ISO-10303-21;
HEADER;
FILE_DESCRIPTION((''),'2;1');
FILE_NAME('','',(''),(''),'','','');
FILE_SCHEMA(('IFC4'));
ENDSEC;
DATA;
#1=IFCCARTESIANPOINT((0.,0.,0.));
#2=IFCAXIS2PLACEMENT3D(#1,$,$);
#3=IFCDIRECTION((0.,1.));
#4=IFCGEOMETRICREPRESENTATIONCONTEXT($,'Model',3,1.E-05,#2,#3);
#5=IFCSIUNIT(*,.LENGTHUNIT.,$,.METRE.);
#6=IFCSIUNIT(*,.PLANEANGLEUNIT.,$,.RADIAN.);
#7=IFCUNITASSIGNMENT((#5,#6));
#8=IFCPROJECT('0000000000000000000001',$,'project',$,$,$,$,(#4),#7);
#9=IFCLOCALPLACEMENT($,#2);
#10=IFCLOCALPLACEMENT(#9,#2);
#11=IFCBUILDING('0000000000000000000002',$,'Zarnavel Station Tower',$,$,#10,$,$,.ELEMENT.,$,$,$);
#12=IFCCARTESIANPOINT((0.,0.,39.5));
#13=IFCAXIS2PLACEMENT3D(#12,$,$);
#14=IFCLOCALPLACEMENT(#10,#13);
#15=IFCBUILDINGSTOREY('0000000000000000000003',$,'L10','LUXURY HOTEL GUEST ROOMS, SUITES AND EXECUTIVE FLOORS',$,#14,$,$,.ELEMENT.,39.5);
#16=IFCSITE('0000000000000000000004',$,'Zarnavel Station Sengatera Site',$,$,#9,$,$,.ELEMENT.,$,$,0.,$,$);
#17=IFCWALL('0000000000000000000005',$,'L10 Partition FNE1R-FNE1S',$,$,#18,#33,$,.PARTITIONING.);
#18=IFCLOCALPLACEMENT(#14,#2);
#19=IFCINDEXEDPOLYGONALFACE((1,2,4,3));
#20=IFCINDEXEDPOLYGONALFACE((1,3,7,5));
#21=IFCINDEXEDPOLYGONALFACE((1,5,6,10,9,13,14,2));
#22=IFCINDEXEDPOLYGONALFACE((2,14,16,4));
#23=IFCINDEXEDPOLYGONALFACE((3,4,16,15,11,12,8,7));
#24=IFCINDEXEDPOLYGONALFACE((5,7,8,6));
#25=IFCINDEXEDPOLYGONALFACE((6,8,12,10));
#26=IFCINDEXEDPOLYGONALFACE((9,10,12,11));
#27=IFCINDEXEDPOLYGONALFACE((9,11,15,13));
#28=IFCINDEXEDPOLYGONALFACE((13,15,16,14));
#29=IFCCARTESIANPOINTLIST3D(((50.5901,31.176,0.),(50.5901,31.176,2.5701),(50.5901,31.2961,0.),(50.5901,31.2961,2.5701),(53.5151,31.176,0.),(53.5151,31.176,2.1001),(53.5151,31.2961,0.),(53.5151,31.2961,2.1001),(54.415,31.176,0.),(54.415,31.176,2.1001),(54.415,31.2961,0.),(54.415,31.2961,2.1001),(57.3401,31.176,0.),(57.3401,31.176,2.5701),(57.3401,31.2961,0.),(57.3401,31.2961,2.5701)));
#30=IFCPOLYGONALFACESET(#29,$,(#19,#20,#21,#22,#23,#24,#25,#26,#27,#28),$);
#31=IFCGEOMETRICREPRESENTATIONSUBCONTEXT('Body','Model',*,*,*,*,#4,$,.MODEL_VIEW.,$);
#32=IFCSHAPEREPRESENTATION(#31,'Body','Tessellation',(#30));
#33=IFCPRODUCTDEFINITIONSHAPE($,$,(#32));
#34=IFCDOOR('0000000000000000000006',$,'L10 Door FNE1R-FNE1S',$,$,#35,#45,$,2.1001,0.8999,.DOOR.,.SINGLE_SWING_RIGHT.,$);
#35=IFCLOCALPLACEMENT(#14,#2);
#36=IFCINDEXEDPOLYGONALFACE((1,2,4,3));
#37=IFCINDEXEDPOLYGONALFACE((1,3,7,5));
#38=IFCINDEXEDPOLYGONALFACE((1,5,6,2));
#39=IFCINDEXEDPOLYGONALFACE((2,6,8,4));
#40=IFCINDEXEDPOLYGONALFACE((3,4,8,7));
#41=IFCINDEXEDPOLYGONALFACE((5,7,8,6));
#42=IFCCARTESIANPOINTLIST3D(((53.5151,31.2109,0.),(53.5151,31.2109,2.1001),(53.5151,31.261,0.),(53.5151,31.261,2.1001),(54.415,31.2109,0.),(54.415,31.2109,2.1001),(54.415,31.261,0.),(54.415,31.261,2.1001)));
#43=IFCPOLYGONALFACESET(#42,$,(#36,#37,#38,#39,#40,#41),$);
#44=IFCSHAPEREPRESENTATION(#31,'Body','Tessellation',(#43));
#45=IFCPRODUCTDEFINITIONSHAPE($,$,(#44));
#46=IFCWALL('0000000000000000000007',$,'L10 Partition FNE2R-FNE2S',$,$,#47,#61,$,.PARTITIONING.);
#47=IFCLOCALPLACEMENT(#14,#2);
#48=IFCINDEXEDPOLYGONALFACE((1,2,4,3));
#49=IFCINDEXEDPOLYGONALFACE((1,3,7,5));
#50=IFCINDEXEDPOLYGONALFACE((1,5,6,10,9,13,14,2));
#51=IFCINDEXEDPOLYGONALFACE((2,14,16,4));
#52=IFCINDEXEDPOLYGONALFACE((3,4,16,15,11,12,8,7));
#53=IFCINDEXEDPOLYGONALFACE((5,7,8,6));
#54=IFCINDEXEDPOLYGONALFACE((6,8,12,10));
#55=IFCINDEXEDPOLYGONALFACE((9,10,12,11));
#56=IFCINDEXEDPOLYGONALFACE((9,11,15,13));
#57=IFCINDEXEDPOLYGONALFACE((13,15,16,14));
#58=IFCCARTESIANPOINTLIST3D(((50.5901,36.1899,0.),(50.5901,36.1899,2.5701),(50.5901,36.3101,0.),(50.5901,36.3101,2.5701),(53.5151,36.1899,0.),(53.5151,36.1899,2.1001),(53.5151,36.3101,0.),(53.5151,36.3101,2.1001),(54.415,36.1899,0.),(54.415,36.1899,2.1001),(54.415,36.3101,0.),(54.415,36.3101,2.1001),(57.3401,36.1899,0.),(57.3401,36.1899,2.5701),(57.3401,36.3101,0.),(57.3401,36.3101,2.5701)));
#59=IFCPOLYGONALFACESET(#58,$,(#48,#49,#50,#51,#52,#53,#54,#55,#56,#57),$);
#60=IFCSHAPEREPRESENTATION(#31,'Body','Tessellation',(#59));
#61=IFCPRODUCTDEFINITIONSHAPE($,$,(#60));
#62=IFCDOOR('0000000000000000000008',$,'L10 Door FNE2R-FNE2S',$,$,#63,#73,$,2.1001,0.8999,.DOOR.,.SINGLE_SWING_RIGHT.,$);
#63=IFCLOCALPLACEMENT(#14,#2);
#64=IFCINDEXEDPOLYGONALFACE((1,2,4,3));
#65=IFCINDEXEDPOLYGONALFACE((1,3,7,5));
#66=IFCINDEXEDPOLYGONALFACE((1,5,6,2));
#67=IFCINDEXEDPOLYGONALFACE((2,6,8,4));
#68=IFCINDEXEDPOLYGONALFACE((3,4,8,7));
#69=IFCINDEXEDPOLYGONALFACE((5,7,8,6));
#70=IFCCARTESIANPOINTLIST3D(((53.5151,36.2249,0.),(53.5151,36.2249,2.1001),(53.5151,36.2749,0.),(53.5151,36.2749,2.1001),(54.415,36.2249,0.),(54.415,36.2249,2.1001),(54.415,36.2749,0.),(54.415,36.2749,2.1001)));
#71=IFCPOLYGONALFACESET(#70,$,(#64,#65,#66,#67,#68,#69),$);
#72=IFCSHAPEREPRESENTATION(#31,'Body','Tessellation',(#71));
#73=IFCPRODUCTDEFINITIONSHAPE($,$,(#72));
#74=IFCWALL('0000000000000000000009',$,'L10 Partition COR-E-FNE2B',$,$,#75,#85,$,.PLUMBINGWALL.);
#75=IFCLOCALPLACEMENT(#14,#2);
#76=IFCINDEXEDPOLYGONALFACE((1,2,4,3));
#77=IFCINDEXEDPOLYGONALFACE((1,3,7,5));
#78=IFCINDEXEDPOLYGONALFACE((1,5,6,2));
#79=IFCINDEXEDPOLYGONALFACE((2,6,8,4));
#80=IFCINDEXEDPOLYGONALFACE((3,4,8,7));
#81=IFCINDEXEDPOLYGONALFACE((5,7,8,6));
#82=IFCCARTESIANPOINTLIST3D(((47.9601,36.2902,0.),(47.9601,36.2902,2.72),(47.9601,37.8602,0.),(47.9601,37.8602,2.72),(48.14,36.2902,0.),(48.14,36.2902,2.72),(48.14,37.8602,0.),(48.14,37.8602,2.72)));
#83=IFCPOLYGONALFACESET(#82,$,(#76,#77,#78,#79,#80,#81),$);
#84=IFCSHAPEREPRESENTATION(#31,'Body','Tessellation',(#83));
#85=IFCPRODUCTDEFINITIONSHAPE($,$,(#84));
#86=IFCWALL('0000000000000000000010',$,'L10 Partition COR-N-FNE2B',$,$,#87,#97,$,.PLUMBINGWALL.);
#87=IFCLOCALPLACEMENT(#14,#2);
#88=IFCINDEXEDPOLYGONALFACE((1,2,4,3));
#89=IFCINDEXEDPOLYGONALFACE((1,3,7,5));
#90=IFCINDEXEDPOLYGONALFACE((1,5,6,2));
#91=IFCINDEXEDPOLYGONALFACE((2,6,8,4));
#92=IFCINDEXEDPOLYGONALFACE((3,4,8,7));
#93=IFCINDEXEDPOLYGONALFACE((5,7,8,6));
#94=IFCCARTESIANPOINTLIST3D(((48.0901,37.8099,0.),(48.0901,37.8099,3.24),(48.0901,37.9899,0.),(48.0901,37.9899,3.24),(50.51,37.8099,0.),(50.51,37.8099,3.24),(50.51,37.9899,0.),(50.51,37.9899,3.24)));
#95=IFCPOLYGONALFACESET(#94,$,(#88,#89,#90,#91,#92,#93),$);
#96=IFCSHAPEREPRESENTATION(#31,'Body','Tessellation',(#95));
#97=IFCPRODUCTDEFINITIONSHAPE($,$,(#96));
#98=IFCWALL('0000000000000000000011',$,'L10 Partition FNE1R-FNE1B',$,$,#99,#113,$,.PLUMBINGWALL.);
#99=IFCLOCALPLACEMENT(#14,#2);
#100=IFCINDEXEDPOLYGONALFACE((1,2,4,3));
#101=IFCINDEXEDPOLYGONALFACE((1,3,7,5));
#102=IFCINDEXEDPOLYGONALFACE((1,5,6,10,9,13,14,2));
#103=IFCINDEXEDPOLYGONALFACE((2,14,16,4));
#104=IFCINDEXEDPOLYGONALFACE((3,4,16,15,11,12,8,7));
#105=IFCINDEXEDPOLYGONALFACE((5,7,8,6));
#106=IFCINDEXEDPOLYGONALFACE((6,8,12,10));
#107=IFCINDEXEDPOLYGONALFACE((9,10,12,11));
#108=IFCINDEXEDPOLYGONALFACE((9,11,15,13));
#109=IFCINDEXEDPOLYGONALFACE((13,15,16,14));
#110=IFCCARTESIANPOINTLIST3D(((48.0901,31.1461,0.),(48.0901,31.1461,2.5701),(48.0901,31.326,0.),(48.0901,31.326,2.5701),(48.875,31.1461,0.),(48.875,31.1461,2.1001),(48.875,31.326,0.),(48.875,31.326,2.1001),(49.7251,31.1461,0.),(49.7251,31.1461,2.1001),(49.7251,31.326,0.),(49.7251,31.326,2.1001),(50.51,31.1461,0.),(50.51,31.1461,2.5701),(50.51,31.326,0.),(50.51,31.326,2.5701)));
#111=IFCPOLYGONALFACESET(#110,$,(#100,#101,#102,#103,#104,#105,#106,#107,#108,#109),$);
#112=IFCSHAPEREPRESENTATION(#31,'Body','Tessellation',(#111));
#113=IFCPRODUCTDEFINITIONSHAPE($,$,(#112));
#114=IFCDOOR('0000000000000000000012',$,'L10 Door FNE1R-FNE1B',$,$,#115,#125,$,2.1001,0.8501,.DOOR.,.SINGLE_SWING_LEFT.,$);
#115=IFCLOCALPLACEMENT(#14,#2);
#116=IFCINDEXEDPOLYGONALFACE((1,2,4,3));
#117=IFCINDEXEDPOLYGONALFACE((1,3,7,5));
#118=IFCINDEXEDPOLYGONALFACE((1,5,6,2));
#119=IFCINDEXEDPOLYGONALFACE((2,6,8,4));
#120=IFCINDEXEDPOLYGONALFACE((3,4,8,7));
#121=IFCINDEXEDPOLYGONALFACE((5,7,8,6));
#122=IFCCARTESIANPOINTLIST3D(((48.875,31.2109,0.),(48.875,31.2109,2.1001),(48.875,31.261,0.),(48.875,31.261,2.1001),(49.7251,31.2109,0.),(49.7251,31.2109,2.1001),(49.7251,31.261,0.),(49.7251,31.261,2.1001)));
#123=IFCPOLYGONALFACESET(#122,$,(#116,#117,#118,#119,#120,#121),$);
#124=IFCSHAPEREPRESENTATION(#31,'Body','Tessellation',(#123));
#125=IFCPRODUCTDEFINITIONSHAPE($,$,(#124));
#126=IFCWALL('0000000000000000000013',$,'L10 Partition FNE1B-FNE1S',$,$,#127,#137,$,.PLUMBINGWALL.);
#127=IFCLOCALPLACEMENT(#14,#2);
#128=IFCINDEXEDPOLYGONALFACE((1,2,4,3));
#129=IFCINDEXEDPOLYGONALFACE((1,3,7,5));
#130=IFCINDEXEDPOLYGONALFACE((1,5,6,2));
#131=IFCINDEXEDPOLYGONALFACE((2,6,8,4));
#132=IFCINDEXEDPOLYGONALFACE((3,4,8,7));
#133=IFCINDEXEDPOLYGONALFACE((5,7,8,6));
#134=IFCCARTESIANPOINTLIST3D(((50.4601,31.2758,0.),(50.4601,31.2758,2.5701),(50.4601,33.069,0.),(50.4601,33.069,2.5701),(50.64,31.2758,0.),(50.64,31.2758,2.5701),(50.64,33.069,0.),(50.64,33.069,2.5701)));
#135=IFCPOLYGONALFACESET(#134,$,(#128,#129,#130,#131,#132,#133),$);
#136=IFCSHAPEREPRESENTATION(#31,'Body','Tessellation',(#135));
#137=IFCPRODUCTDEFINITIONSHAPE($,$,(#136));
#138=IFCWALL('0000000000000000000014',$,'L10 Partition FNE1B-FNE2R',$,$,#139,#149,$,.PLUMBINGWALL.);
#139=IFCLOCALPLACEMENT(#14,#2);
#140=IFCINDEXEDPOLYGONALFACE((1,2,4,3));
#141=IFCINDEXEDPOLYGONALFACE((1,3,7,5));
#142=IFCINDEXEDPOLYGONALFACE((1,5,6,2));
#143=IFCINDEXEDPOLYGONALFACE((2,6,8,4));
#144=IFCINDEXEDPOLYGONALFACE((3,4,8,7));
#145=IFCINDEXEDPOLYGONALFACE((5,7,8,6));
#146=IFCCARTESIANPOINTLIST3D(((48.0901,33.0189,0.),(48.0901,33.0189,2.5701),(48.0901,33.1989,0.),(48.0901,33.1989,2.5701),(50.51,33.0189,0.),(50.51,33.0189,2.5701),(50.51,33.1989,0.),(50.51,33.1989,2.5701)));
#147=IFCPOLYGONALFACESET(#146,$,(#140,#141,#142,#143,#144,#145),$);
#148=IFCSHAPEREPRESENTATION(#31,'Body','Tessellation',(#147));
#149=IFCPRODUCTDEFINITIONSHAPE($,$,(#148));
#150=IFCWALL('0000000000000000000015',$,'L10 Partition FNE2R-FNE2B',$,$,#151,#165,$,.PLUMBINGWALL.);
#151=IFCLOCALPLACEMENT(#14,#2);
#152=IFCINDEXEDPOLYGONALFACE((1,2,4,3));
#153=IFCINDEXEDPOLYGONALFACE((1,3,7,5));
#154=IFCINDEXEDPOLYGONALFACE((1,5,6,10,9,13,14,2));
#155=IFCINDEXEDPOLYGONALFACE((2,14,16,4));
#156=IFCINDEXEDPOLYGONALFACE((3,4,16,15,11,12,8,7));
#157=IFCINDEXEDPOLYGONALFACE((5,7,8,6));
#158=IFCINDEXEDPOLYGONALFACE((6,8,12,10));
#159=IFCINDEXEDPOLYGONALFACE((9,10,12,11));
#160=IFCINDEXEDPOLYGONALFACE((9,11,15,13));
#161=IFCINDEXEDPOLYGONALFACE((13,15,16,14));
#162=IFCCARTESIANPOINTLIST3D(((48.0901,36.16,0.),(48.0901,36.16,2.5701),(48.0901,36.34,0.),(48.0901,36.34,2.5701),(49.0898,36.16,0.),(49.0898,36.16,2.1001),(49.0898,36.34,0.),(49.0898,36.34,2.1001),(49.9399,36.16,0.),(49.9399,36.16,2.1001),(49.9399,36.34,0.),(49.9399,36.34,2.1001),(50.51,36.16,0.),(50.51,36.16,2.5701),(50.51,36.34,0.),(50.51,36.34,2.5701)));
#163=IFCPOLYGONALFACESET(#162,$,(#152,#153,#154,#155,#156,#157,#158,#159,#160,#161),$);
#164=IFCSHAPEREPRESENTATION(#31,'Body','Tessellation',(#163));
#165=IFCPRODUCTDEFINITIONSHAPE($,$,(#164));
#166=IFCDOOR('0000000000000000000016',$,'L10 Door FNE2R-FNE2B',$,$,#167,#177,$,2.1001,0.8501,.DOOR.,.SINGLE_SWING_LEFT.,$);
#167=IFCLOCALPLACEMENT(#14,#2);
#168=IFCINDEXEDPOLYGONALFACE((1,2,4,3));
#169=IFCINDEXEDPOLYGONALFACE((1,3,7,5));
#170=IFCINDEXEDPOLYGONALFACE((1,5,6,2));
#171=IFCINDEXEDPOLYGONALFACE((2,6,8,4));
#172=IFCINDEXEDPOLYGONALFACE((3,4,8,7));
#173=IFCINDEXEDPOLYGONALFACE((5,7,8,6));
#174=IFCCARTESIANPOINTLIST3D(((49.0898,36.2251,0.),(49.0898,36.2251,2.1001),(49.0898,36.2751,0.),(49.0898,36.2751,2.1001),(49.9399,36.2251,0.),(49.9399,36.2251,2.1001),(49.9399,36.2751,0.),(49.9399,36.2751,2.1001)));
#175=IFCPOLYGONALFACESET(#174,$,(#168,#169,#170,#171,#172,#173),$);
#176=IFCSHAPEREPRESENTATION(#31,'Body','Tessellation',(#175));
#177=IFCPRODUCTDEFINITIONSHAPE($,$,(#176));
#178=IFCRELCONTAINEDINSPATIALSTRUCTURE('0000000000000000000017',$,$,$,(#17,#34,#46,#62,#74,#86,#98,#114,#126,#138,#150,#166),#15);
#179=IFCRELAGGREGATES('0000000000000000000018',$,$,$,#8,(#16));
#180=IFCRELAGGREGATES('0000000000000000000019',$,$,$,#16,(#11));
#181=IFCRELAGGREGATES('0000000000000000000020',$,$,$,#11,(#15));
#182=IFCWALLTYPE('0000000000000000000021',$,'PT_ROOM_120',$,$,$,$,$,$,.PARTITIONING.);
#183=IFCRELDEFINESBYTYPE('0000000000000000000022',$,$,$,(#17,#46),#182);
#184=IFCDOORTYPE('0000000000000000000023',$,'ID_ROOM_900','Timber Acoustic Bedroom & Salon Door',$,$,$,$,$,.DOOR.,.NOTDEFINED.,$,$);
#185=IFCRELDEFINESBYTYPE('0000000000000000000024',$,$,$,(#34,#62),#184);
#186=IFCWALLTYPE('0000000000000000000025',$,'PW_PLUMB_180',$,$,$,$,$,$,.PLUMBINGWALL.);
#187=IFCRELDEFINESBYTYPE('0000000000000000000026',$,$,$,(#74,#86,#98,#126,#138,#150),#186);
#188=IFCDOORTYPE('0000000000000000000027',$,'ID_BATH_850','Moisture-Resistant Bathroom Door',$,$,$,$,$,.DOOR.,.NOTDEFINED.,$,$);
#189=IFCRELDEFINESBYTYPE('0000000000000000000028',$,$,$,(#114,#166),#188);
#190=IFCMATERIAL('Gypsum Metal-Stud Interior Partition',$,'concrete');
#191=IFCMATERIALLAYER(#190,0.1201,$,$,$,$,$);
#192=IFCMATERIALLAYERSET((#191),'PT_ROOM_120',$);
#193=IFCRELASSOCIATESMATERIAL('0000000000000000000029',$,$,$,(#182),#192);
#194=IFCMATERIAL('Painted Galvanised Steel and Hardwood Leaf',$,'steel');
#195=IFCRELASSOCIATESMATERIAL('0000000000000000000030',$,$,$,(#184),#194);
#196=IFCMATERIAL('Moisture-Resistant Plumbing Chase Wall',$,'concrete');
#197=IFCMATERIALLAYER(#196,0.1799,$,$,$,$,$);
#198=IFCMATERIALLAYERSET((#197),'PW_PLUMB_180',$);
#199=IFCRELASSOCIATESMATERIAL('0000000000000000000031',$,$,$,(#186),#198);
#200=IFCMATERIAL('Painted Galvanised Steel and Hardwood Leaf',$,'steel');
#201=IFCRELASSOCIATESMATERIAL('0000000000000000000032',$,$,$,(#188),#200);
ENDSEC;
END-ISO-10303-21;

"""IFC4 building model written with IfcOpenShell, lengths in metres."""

from ifc_helpers import new_model, si_unit, direction, frame, frame_2d, origin, place, context, subcontext, project, spatial, rectangle, extrude, material, layer, layer_set, type_object, element, fill, save


model = new_model("IFC4")

# Units and contexts
model_context = context("Model", 3, precision=1e-05, world=origin(), true_north=direction((0.0, 1.0)))
body_context = subcontext(model_context, "Body", "Model", "MODEL_VIEW")
ifc_project = project(units=[si_unit("LENGTHUNIT", "METRE"), si_unit("PLANEANGLEUNIT", "RADIAN")], contexts=[model_context])

# Site, building, storey
site_placement = place(None, origin())
site = spatial("IfcSite", under=ifc_project, at=site_placement, Name="Zarnavel Station Sengatera Site", CompositionType="ELEMENT", RefElevation=0.0)
building_placement = place(site_placement, origin())
building = spatial("IfcBuilding", under=site, at=building_placement, Name="Zarnavel Station Tower", CompositionType="ELEMENT")
storey_placement = place(building_placement, frame((0.0, 0.0, 39.5)))
storey = spatial("IfcBuildingStorey", under=building, at=storey_placement, Name="L10", Description="LUXURY HOTEL GUEST ROOMS, SUITES AND EXECUTIVE FLOORS", CompositionType="ELEMENT", Elevation=39.5)

# Walls, openings, doors
ifc_material_1 = material(Name="Gypsum Metal-Stud Interior Partition", Category="concrete")
ifc_layer_1 = layer(ifc_material_1, 0.1201)
ifc_layer_set_1 = layer_set([ifc_layer_1], Name="PT_ROOM_120")
wall_type_1 = type_object("IfcWallType", Name="PT_ROOM_120", PredefinedType="PARTITIONING", material=ifc_layer_set_1)
wall_1_placement = place(storey_placement, frame((50.5901, 31.2361, 0.0), z_axis=(0.0, 0.0, 1.0), x_axis=(1.0, 0.0, 0.0)))
wall_1 = element("IfcWall", 1, at=wall_1_placement, inside=storey, type_object=wall_type_1, Name="L10 Partition FNE1R-FNE1S", PredefinedType="PARTITIONING", context=body_context, shape_type="SweptSolid", body=[
    extrude(rectangle(XDim=6.75, YDim=0.1201, at=frame_2d((3.375, 0.0))), origin(), (0.0, 0.0, 1.0), 2.5701),
])
opening_1_placement = place(wall_1_placement, frame((2.925, 0.0, 0.0)))
opening_1 = element("IfcOpeningElement", 2, at=opening_1_placement, cuts=wall_1, PredefinedType="OPENING", context=body_context, shape_type="SweptSolid", body=[
    extrude(rectangle(XDim=0.8999, YDim=2.1001, at=frame_2d((0.45, 1.05))), frame((0.0, 0.0701, 0.0), z_axis=(0.0, -1.0, 0.0), x_axis=(1.0, 0.0, 0.0)), (0.0, 0.0, 1.0), 0.1401),
])
ifc_material_2 = material(Name="Painted Galvanised Steel and Hardwood Leaf", Category="steel")
door_type_1 = type_object("IfcDoorType", Name="ID_ROOM_900", Description="Timber Acoustic Bedroom & Salon Door", OperationType="NOTDEFINED", PredefinedType="DOOR", material=ifc_material_2)
door_1_placement = place(opening_1_placement, origin())
door_1 = element("IfcDoor", 3, at=door_1_placement, inside=storey, type_object=door_type_1, Name="L10 Door FNE1R-FNE1S", OperationType="SINGLE_SWING_RIGHT", OverallHeight=2.1001, OverallWidth=0.8999, PredefinedType="DOOR", context=body_context, shape_type="SweptSolid", body=[
    extrude(rectangle(XDim=0.8999, YDim=2.1001, at=frame_2d((0.45, 1.05))), frame((0.0, 0.0249, 0.0), z_axis=(0.0, -1.0, 0.0), x_axis=(1.0, 0.0, 0.0)), (0.0, 0.0, 1.0), 0.05),
])
fill(opening_1, door_1)
wall_2_placement = place(storey_placement, frame((50.5901, 36.25, 0.0), z_axis=(0.0, 0.0, 1.0), x_axis=(1.0, 0.0, 0.0)))
wall_2 = element("IfcWall", 4, at=wall_2_placement, inside=storey, type_object=wall_type_1, Name="L10 Partition FNE2R-FNE2S", PredefinedType="PARTITIONING", context=body_context, shape_type="SweptSolid", body=[
    extrude(rectangle(XDim=6.75, YDim=0.1201, at=frame_2d((3.375, 0.0))), origin(), (0.0, 0.0, 1.0), 2.5701),
])
opening_2_placement = place(wall_2_placement, frame((2.925, 0.0, 0.0)))
opening_2 = element("IfcOpeningElement", 5, at=opening_2_placement, cuts=wall_2, PredefinedType="OPENING", context=body_context, shape_type="SweptSolid", body=[
    extrude(rectangle(XDim=0.8999, YDim=2.1001, at=frame_2d((0.45, 1.05))), frame((0.0, 0.0701, 0.0), z_axis=(0.0, -1.0, 0.0), x_axis=(1.0, 0.0, 0.0)), (0.0, 0.0, 1.0), 0.1401),
])
door_2_placement = place(opening_2_placement, origin())
door_2 = element("IfcDoor", 6, at=door_2_placement, inside=storey, type_object=door_type_1, Name="L10 Door FNE2R-FNE2S", OperationType="SINGLE_SWING_RIGHT", OverallHeight=2.1001, OverallWidth=0.8999, PredefinedType="DOOR", context=body_context, shape_type="SweptSolid", body=[
    extrude(rectangle(XDim=0.8999, YDim=2.1001, at=frame_2d((0.45, 1.05))), frame((0.0, 0.0249, 0.0), z_axis=(0.0, -1.0, 0.0), x_axis=(1.0, 0.0, 0.0)), (0.0, 0.0, 1.0), 0.05),
])
fill(opening_2, door_2)

# Walls
ifc_material_3 = material(Name="Moisture-Resistant Plumbing Chase Wall", Category="concrete")
ifc_layer_2 = layer(ifc_material_3, 0.1799)
ifc_layer_set_2 = layer_set([ifc_layer_2], Name="PW_PLUMB_180")
wall_type_2 = type_object("IfcWallType", Name="PW_PLUMB_180", PredefinedType="PLUMBINGWALL", material=ifc_layer_set_2)
wall_3_placement = place(storey_placement, frame((48.05, 36.29, 0.0), z_axis=(0.0, 0.0, 1.0), x_axis=(0.0, 1.0, 0.0)))
element("IfcWall", 7, at=wall_3_placement, inside=storey, type_object=wall_type_2, Name="L10 Partition COR-E-FNE2B", PredefinedType="PLUMBINGWALL", context=body_context, shape_type="SweptSolid", body=[
    extrude(rectangle(XDim=1.5701, YDim=0.1799, at=frame_2d((0.7852, 0.0))), origin(), (0.0, 0.0, 1.0), 2.72),
])
wall_4_placement = place(storey_placement, frame((48.0901, 37.8999, 0.0), z_axis=(0.0, 0.0, 1.0), x_axis=(1.0, 0.0, 0.0)))
element("IfcWall", 8, at=wall_4_placement, inside=storey, type_object=wall_type_2, Name="L10 Partition COR-N-FNE2B", PredefinedType="PLUMBINGWALL", context=body_context, shape_type="SweptSolid", body=[
    extrude(rectangle(XDim=2.4199, YDim=0.1799, at=frame_2d((1.21, 0.0))), origin(), (0.0, 0.0, 1.0), 3.24),
])

# Wall, opening, door
wall_5_placement = place(storey_placement, frame((48.0901, 31.2361, 0.0), z_axis=(0.0, 0.0, 1.0), x_axis=(1.0, 0.0, 0.0)))
wall_5 = element("IfcWall", 9, at=wall_5_placement, inside=storey, type_object=wall_type_2, Name="L10 Partition FNE1R-FNE1B", PredefinedType="PLUMBINGWALL", context=body_context, shape_type="SweptSolid", body=[
    extrude(rectangle(XDim=2.4199, YDim=0.1799, at=frame_2d((1.21, 0.0))), origin(), (0.0, 0.0, 1.0), 2.5701),
])
opening_3_placement = place(wall_5_placement, frame((0.7849, 0.0, 0.0)))
opening_3 = element("IfcOpeningElement", 10, at=opening_3_placement, cuts=wall_5, PredefinedType="OPENING", context=body_context, shape_type="SweptSolid", body=[
    extrude(rectangle(XDim=0.8501, YDim=2.1001, at=frame_2d((0.425, 1.05))), frame((0.0, 0.0999, 0.0), z_axis=(0.0, -1.0, 0.0), x_axis=(1.0, 0.0, 0.0)), (0.0, 0.0, 1.0), 0.2),
])
ifc_material_4 = material(Name="Painted Galvanised Steel and Hardwood Leaf", Category="steel")
door_type_2 = type_object("IfcDoorType", Name="ID_BATH_850", Description="Moisture-Resistant Bathroom Door", OperationType="NOTDEFINED", PredefinedType="DOOR", material=ifc_material_4)
door_3_placement = place(opening_3_placement, origin())
door_3 = element("IfcDoor", 11, at=door_3_placement, inside=storey, type_object=door_type_2, Name="L10 Door FNE1R-FNE1B", OperationType="SINGLE_SWING_LEFT", OverallHeight=2.1001, OverallWidth=0.8501, PredefinedType="DOOR", context=body_context, shape_type="SweptSolid", body=[
    extrude(rectangle(XDim=0.8501, YDim=2.1001, at=frame_2d((0.425, 1.05))), frame((0.0, 0.0249, 0.0), z_axis=(0.0, -1.0, 0.0), x_axis=(1.0, 0.0, 0.0)), (0.0, 0.0, 1.0), 0.05),
])
fill(opening_3, door_3)

# Walls
wall_6_placement = place(storey_placement, frame((50.55, 31.2759, 0.0), z_axis=(0.0, 0.0, 1.0), x_axis=(0.0, 1.0, 0.0)))
element("IfcWall", 12, at=wall_6_placement, inside=storey, type_object=wall_type_2, Name="L10 Partition FNE1B-FNE1S", PredefinedType="PLUMBINGWALL", context=body_context, shape_type="SweptSolid", body=[
    extrude(rectangle(XDim=1.7932, YDim=0.1799, at=frame_2d((0.8965, 0.0))), origin(), (0.0, 0.0, 1.0), 2.5701),
])
wall_7_placement = place(storey_placement, frame((48.0901, 33.1089, 0.0), z_axis=(0.0, 0.0, 1.0), x_axis=(1.0, 0.0, 0.0)))
element("IfcWall", 13, at=wall_7_placement, inside=storey, type_object=wall_type_2, Name="L10 Partition FNE1B-FNE2R", PredefinedType="PLUMBINGWALL", context=body_context, shape_type="SweptSolid", body=[
    extrude(rectangle(XDim=2.4199, YDim=0.1799, at=frame_2d((1.21, 0.0))), origin(), (0.0, 0.0, 1.0), 2.5701),
])

# Wall, opening, door
wall_8_placement = place(storey_placement, frame((50.51, 36.25, 0.0), z_axis=(0.0, 0.0, 1.0), x_axis=(-1.0, 0.0, 0.0)))
wall_8 = element("IfcWall", 14, at=wall_8_placement, inside=storey, type_object=wall_type_2, Name="L10 Partition FNE2R-FNE2B", PredefinedType="PLUMBINGWALL", context=body_context, shape_type="SweptSolid", body=[
    extrude(rectangle(XDim=2.4199, YDim=0.1799, at=frame_2d((1.21, 0.0))), origin(), (0.0, 0.0, 1.0), 2.5701),
])
opening_4_placement = place(wall_8_placement, frame((0.5701, 0.0, 0.0)))
opening_4 = element("IfcOpeningElement", 15, at=opening_4_placement, cuts=wall_8, PredefinedType="OPENING", context=body_context, shape_type="SweptSolid", body=[
    extrude(rectangle(XDim=0.8501, YDim=2.1001, at=frame_2d((0.425, 1.05))), frame((0.0, 0.0999, 0.0), z_axis=(0.0, -1.0, 0.0), x_axis=(1.0, 0.0, 0.0)), (0.0, 0.0, 1.0), 0.2),
])
door_4_placement = place(opening_4_placement, origin())
door_4 = element("IfcDoor", 16, at=door_4_placement, inside=storey, type_object=door_type_2, Name="L10 Door FNE2R-FNE2B", OperationType="SINGLE_SWING_LEFT", OverallHeight=2.1001, OverallWidth=0.8501, PredefinedType="DOOR", context=body_context, shape_type="SweptSolid", body=[
    extrude(rectangle(XDim=0.8501, YDim=2.1001, at=frame_2d((0.425, 1.05))), frame((0.0, 0.0249, 0.0), z_axis=(0.0, -1.0, 0.0), x_axis=(1.0, 0.0, 0.0)), (0.0, 0.0, 1.0), 0.05),
])
fill(opening_4, door_4)

save(model, "model.ifc")
